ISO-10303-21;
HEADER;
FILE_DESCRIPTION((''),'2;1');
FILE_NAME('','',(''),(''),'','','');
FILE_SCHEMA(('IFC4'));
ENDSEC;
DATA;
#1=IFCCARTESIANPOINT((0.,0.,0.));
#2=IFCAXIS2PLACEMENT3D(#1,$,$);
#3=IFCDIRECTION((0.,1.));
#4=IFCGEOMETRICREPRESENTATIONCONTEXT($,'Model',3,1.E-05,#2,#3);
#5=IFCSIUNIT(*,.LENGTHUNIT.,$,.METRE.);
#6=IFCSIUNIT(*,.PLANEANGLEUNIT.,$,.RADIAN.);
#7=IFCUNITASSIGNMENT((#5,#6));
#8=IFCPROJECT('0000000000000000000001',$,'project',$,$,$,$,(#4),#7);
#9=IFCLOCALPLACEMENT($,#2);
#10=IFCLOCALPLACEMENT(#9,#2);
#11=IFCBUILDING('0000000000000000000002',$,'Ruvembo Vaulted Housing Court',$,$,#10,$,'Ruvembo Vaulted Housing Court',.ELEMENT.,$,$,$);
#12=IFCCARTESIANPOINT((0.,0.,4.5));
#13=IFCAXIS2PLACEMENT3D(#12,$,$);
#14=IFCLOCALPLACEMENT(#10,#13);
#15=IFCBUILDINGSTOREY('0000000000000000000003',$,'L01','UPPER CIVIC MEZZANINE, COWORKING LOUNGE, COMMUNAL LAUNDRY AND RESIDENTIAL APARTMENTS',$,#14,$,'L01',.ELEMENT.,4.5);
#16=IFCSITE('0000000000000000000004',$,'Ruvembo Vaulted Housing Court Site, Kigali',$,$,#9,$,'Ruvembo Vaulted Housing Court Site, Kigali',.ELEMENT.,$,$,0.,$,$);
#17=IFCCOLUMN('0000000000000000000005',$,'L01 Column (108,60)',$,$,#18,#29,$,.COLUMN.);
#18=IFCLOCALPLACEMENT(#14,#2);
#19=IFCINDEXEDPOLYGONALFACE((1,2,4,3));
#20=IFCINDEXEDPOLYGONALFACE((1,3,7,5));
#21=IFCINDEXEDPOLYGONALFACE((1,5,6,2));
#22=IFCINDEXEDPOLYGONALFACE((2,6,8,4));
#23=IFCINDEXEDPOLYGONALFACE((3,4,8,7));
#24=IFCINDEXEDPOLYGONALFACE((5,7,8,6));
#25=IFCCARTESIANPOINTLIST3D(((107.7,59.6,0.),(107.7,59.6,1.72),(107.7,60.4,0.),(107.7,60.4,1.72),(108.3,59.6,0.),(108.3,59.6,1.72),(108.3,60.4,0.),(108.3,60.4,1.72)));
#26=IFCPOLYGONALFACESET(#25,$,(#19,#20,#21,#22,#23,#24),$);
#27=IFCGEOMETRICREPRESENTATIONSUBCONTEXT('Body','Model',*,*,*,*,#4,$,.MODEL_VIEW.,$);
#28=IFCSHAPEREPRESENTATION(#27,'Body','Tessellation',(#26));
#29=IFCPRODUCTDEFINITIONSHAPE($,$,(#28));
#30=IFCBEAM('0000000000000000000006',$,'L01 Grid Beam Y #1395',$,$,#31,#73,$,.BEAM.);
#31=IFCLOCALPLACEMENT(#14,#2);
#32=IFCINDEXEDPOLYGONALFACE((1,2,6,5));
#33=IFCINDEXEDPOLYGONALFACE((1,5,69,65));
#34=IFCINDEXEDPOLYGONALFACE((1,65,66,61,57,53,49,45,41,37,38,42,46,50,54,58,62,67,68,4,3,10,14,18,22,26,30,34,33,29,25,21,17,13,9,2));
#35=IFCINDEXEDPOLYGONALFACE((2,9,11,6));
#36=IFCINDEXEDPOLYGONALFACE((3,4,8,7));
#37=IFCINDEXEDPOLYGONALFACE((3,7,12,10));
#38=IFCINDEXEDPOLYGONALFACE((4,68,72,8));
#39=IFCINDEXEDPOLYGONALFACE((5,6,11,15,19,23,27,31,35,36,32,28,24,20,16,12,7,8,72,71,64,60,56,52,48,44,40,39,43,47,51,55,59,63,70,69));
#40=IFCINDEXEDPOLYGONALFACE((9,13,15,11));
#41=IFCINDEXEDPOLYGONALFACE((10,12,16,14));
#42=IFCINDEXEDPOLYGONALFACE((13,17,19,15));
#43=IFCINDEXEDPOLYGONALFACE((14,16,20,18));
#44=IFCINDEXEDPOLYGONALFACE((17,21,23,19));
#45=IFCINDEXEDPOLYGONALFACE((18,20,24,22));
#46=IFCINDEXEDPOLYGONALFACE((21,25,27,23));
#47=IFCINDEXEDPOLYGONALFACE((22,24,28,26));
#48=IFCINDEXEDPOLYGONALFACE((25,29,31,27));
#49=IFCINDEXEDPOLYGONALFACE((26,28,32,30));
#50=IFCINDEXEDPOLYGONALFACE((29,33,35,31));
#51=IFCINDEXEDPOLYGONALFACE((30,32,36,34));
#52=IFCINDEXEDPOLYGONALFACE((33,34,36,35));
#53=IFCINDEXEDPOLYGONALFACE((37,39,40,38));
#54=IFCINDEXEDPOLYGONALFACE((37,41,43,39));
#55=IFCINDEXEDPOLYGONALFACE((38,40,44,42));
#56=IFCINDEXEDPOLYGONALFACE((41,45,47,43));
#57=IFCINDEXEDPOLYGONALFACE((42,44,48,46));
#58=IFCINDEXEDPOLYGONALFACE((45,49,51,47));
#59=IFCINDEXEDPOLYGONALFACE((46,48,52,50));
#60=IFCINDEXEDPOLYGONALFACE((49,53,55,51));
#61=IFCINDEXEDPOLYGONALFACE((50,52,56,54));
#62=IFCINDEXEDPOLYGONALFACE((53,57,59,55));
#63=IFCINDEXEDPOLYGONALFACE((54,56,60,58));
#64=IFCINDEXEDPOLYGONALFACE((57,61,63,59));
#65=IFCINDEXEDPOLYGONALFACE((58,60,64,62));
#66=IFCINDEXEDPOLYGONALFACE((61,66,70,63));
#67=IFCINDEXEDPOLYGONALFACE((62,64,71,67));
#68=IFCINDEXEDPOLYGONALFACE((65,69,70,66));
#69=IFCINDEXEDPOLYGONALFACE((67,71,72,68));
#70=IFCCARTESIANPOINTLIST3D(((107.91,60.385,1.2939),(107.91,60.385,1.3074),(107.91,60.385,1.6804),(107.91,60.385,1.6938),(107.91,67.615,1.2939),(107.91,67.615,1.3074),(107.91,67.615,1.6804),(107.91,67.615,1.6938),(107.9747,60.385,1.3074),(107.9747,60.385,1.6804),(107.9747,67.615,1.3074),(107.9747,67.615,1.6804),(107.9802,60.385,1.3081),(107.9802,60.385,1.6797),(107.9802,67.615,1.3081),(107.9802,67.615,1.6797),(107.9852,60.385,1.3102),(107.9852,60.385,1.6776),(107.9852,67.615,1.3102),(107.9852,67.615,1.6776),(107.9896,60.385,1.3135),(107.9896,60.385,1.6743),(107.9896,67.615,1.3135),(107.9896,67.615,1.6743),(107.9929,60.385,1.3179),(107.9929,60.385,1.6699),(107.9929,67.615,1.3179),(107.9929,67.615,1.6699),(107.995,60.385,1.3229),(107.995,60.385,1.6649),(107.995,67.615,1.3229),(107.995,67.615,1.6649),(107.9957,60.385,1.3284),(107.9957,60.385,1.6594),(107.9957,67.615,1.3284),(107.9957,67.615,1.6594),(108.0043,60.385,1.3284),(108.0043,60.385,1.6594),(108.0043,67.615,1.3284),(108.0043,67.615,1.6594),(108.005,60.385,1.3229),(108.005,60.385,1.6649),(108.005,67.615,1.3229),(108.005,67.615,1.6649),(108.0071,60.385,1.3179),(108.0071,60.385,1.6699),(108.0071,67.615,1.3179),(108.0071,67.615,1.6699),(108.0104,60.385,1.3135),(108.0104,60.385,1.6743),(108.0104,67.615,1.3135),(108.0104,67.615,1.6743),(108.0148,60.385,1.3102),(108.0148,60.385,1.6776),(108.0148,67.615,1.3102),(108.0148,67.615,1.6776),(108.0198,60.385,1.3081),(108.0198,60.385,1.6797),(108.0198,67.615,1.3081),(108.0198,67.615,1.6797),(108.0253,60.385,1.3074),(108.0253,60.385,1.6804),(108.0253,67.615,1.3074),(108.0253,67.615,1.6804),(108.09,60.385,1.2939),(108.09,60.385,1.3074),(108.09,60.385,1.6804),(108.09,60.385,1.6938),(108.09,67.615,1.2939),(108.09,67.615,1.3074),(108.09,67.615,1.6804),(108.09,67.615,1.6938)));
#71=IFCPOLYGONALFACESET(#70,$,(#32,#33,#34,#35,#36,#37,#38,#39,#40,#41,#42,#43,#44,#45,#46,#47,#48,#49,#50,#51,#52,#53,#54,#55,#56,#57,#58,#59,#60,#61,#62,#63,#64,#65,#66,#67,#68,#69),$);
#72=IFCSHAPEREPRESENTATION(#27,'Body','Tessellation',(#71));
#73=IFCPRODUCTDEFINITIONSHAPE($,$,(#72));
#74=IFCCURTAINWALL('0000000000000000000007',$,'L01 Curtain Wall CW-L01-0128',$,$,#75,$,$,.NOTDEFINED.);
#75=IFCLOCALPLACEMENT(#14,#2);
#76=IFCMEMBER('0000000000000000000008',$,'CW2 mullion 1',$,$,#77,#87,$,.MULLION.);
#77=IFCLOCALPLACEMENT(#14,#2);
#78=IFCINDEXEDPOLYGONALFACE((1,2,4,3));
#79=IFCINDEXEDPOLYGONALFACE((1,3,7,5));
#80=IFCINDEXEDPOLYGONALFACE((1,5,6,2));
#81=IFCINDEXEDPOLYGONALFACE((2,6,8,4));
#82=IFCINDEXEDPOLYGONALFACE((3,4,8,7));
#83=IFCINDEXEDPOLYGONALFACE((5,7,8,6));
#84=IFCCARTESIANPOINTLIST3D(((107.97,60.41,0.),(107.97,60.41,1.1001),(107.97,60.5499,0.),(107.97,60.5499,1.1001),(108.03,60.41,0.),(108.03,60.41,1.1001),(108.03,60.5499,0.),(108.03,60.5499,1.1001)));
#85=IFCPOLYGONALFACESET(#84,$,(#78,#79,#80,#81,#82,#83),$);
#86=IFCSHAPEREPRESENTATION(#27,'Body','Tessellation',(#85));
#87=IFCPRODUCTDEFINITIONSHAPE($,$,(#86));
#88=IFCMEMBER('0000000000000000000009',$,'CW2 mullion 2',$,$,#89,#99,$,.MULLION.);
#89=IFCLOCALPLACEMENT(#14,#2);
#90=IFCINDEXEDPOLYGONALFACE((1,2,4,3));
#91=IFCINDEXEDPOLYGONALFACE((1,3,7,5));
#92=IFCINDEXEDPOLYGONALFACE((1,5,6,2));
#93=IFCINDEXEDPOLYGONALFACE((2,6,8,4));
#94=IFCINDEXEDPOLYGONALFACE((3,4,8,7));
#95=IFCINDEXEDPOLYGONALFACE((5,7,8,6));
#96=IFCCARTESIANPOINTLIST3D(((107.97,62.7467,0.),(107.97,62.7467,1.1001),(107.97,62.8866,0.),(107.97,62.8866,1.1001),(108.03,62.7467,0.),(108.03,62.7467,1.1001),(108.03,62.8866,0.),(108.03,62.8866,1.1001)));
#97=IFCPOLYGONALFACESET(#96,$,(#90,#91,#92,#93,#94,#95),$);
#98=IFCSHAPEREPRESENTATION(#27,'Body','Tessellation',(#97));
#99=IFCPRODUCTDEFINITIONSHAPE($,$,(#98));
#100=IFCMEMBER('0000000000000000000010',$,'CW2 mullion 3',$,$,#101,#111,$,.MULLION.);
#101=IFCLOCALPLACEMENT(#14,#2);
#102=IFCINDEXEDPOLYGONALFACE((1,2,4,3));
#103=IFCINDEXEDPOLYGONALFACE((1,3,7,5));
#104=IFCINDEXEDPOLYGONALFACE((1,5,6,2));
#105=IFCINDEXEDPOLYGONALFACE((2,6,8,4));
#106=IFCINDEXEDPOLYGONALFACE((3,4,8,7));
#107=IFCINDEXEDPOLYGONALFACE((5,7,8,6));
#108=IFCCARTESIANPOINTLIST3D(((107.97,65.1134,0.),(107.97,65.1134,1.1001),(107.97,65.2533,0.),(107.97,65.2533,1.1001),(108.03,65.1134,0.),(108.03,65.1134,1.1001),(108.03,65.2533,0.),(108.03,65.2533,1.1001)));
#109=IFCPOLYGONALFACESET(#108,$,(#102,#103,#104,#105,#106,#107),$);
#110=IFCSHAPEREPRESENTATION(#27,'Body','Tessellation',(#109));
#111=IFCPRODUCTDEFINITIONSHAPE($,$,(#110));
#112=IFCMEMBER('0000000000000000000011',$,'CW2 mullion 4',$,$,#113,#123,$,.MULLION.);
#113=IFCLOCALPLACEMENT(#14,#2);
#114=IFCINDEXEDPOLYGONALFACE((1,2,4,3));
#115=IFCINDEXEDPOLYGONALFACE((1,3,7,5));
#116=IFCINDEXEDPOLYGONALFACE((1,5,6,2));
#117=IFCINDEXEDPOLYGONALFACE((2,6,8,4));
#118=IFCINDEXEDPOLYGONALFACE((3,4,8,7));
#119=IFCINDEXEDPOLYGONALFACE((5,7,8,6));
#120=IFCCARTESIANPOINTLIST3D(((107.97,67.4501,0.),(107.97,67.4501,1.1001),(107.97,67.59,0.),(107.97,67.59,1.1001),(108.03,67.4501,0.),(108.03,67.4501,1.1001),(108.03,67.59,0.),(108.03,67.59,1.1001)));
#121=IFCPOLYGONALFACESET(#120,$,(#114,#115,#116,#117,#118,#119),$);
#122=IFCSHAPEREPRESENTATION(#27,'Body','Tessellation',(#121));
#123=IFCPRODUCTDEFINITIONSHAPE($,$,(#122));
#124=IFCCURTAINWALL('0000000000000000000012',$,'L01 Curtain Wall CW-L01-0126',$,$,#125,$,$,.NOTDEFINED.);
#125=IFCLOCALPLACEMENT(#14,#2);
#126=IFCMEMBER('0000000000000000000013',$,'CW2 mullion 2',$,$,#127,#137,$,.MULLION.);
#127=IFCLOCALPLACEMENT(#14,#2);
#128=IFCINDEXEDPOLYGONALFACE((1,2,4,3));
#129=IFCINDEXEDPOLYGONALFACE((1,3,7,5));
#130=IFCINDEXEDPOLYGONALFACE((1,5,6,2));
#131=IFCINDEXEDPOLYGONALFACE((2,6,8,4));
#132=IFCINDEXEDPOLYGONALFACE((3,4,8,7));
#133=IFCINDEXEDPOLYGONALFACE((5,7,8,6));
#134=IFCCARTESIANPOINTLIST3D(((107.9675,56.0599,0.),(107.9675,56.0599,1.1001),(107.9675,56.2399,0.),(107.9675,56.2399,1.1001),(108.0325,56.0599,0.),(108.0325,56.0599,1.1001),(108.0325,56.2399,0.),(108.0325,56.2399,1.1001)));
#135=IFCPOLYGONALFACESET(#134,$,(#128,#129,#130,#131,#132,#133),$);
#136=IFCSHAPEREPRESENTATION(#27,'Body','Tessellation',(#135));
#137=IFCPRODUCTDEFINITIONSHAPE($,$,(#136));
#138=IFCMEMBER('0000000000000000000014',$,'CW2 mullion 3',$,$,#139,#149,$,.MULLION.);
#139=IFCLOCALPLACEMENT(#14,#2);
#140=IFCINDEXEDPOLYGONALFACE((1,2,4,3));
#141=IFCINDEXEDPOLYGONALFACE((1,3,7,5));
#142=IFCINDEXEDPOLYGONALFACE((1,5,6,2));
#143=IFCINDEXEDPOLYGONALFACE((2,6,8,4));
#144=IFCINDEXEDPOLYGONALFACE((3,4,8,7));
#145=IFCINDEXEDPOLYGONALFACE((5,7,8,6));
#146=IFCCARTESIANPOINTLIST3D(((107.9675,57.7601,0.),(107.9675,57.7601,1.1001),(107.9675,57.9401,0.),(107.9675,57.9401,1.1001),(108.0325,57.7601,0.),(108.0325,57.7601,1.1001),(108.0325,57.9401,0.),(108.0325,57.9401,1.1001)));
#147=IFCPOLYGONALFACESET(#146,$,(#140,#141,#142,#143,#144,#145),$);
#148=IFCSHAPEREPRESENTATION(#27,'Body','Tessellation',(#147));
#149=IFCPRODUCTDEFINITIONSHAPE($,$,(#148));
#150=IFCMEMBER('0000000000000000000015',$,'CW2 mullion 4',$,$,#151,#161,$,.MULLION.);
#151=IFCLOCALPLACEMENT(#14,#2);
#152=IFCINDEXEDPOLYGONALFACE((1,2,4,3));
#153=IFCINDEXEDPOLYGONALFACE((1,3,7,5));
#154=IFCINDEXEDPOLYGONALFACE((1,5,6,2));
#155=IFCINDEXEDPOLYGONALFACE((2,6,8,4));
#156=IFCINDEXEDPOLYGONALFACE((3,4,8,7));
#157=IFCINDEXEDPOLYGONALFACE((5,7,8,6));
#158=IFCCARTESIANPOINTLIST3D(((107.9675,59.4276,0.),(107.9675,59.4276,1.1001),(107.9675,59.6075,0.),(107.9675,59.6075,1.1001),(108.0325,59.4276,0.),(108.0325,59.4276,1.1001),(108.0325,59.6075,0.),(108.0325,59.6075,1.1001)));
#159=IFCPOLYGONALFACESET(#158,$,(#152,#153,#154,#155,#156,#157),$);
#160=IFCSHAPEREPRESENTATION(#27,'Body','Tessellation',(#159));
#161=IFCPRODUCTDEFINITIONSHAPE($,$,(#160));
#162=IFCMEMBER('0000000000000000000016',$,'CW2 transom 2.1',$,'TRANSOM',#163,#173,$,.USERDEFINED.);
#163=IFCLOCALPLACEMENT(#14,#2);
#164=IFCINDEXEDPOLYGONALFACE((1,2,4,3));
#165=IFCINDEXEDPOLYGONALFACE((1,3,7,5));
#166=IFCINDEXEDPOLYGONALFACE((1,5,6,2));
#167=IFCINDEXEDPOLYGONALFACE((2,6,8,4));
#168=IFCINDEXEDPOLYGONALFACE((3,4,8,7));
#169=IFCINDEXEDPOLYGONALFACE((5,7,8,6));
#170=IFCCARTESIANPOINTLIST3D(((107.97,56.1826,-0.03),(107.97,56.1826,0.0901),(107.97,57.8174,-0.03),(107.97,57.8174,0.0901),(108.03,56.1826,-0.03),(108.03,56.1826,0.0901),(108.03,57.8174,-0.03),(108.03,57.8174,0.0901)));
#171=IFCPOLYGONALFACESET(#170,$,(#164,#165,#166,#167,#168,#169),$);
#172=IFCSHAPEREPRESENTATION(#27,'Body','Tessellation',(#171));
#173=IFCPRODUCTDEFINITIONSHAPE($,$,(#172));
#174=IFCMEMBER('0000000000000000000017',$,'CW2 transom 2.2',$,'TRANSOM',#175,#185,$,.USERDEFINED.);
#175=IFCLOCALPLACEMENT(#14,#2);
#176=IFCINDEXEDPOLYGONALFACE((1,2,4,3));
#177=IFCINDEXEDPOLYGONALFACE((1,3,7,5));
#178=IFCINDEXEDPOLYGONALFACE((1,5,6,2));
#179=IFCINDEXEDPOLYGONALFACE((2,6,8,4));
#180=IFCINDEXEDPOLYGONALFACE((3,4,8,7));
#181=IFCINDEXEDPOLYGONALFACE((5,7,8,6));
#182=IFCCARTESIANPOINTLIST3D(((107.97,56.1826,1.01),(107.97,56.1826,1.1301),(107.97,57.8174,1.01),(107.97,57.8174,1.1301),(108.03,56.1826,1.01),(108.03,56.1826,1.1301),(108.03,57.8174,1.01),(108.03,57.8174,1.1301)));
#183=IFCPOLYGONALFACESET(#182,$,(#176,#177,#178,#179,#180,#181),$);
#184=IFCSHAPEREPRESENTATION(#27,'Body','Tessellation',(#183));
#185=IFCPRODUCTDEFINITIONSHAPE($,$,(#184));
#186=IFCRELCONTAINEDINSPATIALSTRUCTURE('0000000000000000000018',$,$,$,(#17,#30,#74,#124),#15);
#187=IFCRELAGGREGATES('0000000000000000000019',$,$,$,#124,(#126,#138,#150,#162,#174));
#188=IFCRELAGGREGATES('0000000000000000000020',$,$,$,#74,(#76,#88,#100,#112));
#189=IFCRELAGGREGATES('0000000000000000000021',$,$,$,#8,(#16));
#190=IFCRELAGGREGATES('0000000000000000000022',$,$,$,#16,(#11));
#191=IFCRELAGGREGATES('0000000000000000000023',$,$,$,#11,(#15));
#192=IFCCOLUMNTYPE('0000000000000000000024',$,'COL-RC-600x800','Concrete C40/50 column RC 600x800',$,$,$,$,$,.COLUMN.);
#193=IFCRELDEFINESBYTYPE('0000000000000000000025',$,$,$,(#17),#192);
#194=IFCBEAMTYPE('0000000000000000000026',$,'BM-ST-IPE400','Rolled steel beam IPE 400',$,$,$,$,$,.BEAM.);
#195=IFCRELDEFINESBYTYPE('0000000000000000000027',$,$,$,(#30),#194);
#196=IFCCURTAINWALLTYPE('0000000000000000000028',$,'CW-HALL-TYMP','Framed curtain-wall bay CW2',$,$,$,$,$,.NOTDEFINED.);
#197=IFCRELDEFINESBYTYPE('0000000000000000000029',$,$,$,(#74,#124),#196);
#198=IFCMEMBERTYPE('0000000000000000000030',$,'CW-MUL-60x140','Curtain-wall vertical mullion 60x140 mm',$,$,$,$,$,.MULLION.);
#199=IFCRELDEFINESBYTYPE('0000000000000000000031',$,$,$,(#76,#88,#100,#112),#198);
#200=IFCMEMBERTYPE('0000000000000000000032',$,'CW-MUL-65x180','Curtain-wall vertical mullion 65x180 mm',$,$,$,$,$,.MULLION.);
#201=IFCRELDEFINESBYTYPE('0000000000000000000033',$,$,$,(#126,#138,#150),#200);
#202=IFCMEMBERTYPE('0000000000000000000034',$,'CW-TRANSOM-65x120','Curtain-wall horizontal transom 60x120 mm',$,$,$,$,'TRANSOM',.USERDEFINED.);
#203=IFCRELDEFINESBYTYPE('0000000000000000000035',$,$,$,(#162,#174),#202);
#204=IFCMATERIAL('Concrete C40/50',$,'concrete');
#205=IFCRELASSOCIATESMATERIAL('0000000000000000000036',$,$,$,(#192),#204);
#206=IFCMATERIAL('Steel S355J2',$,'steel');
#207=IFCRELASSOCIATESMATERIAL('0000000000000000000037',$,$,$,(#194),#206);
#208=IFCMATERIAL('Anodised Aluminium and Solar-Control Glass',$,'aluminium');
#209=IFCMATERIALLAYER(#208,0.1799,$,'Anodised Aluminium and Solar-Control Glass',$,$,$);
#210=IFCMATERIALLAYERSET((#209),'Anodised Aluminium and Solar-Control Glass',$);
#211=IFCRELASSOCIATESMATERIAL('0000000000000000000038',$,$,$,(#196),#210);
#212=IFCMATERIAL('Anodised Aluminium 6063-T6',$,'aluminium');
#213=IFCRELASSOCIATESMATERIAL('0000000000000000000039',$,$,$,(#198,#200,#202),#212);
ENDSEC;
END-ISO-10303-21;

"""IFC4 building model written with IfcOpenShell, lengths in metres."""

from ifc_helpers import new_model, si_unit, direction, frame, origin, origin_2d, place, context, subcontext, project, spatial, rectangle, i_section, extrude, material, layer, layer_set, material_profile, profile_set, type_object, element, aggregate, save


model = new_model("IFC4")

# Units and contexts
model_context = context("Model", 3, precision=1e-05, world=origin(), true_north=direction((0.0, 1.0)))
body_context = subcontext(model_context, "Body", "Model", "MODEL_VIEW")
ifc_project = project(units=[si_unit("LENGTHUNIT", "METRE"), si_unit("PLANEANGLEUNIT", "RADIAN")], contexts=[model_context])

# Site, building, storey
site_placement = place(None, origin())
site = spatial("IfcSite", under=ifc_project, at=site_placement, Name="Ruvembo Vaulted Housing Court Site, Kigali", LongName="Ruvembo Vaulted Housing Court Site, Kigali", CompositionType="ELEMENT", RefElevation=0.0)
building_placement = place(site_placement, origin())
building = spatial("IfcBuilding", under=site, at=building_placement, Name="Ruvembo Vaulted Housing Court", LongName="Ruvembo Vaulted Housing Court", CompositionType="ELEMENT")
storey_placement = place(building_placement, frame((0.0, 0.0, 4.5)))
storey = spatial("IfcBuildingStorey", under=building, at=storey_placement, Name="L01", Description="UPPER CIVIC MEZZANINE, COWORKING LOUNGE, COMMUNAL LAUNDRY AND RESIDENTIAL APARTMENTS", LongName="L01", CompositionType="ELEMENT", Elevation=4.5)

# Column
ifc_material_1 = material(Name="Concrete C40/50", Category="concrete")
ifc_material_profile_1 = material_profile(ifc_material_1, rectangle(XDim=0.6001, YDim=0.8, at=origin_2d()), Name="RC 600x800")
ifc_profile_set_1 = profile_set([ifc_material_profile_1], Name="Concrete C40/50")
column_type = type_object("IfcColumnType", Name="COL-RC-600x800", Description="Concrete C40/50 column RC 600x800", PredefinedType="COLUMN", material=ifc_profile_set_1)
column_placement = place(storey_placement, frame((108.0, 60.0, 0.0), z_axis=(0.0, 0.0, 1.0), x_axis=(1.0, 0.0, 0.0)))
element("IfcColumn", 1, at=column_placement, inside=storey, type_object=column_type, Name="L01 Column (108,60)", PredefinedType="COLUMN", context=body_context, shape_type="SweptSolid", body=[
    extrude(rectangle(XDim=0.6001, YDim=0.8, at=origin_2d()), origin(), (0.0, 0.0, 1.0), 1.72),
])

# Beam
ifc_material_2 = material(Name="Steel S355J2", Category="steel")
ifc_material_profile_2 = material_profile(ifc_material_2, i_section(OverallWidth=0.1799, OverallDepth=0.3999, WebThickness=0.0085, FlangeThickness=0.0134, FilletRadius=0.021, at=origin_2d()), Name="IPE 400")
ifc_profile_set_2 = profile_set([ifc_material_profile_2], Name="Steel S355J2")
beam_type = type_object("IfcBeamType", Name="BM-ST-IPE400", Description="Rolled steel beam IPE 400", PredefinedType="BEAM", material=ifc_profile_set_2)
beam_placement = place(storey_placement, frame((108.0, 60.385, 1.4939), z_axis=(0.0, 1.0, 0.0), x_axis=(-1.0, 0.0, 0.0)))
element("IfcBeam", 2, at=beam_placement, inside=storey, type_object=beam_type, Name="L01 Grid Beam Y #1395", PredefinedType="BEAM", context=body_context, shape_type="SweptSolid", body=[
    extrude(i_section(OverallWidth=0.1799, OverallDepth=0.3999, WebThickness=0.0085, FlangeThickness=0.0134, FilletRadius=0.021, at=origin_2d()), origin(), (0.0, 0.0, 1.0), 7.23),
])

# Curtain walls, members
ifc_material_3 = material(Name="Anodised Aluminium and Solar-Control Glass", Category="aluminium")
ifc_layer_1 = layer(ifc_material_3, 0.1799, Name="Anodised Aluminium and Solar-Control Glass")
ifc_layer_set_1 = layer_set([ifc_layer_1], Name="Anodised Aluminium and Solar-Control Glass")
curtain_wall_type = type_object("IfcCurtainWallType", Name="CW-HALL-TYMP", Description="Framed curtain-wall bay CW2", PredefinedType="NOTDEFINED", material=ifc_layer_set_1)
curtain_wall_1_placement = place(storey_placement, origin())
curtain_wall_1 = element("IfcCurtainWall", 3, at=curtain_wall_1_placement, inside=storey, type_object=curtain_wall_type, Name="L01 Curtain Wall CW-L01-0128", PredefinedType="NOTDEFINED")
ifc_material_4 = material(Name="Anodised Aluminium 6063-T6", Category="aluminium")
ifc_material_profile_3 = material_profile(ifc_material_4, rectangle(XDim=0.0601, YDim=0.1399, at=origin_2d()), Name="ALU 60x140")
ifc_profile_set_3 = profile_set([ifc_material_profile_3], Name="Anodised Aluminium 6063-T6")
member_type_1 = type_object("IfcMemberType", Name="CW-MUL-60x140", Description="Curtain-wall vertical mullion 60x140 mm", PredefinedType="MULLION", material=ifc_profile_set_3)
member_1_placement = place(storey_placement, frame((108.0, 60.48, 0.0), z_axis=(0.0, 0.0, 1.0), x_axis=(-1.0, 0.0, 0.0)))
member_1 = element("IfcMember", 4, at=member_1_placement, type_object=member_type_1, Name="CW2 mullion 1", PredefinedType="MULLION", context=body_context, shape_type="SweptSolid", body=[
    extrude(rectangle(XDim=0.0601, YDim=0.1399, at=origin_2d()), origin(), (0.0, 0.0, 1.0), 1.1001),
])
member_2_placement = place(storey_placement, frame((108.0, 62.8167, 0.0), z_axis=(0.0, 0.0, 1.0), x_axis=(-1.0, 0.0, 0.0)))
member_2 = element("IfcMember", 5, at=member_2_placement, type_object=member_type_1, Name="CW2 mullion 2", PredefinedType="MULLION", context=body_context, shape_type="SweptSolid", body=[
    extrude(rectangle(XDim=0.0601, YDim=0.1399, at=origin_2d()), origin(), (0.0, 0.0, 1.0), 1.1001),
])
member_3_placement = place(storey_placement, frame((108.0, 65.1833, 0.0), z_axis=(0.0, 0.0, 1.0), x_axis=(-1.0, 0.0, 0.0)))
member_3 = element("IfcMember", 6, at=member_3_placement, type_object=member_type_1, Name="CW2 mullion 3", PredefinedType="MULLION", context=body_context, shape_type="SweptSolid", body=[
    extrude(rectangle(XDim=0.0601, YDim=0.1399, at=origin_2d()), origin(), (0.0, 0.0, 1.0), 1.1001),
])
member_4_placement = place(storey_placement, frame((108.0, 67.52, 0.0), z_axis=(0.0, 0.0, 1.0), x_axis=(-1.0, 0.0, 0.0)))
member_4 = element("IfcMember", 7, at=member_4_placement, type_object=member_type_1, Name="CW2 mullion 4", PredefinedType="MULLION", context=body_context, shape_type="SweptSolid", body=[
    extrude(rectangle(XDim=0.0601, YDim=0.1399, at=origin_2d()), origin(), (0.0, 0.0, 1.0), 1.1001),
])
curtain_wall_2_placement = place(storey_placement, origin())
curtain_wall_2 = element("IfcCurtainWall", 8, at=curtain_wall_2_placement, inside=storey, type_object=curtain_wall_type, Name="L01 Curtain Wall CW-L01-0126", PredefinedType="NOTDEFINED")
ifc_material_profile_4 = material_profile(ifc_material_4, rectangle(XDim=0.0649, YDim=0.1799, at=origin_2d()), Name="ALU 65x180")
ifc_profile_set_4 = profile_set([ifc_material_profile_4], Name="Anodised Aluminium 6063-T6")
member_type_2 = type_object("IfcMemberType", Name="CW-MUL-65x180", Description="Curtain-wall vertical mullion 65x180 mm", PredefinedType="MULLION", material=ifc_profile_set_4)
member_5_placement = place(storey_placement, frame((108.0, 56.1499, 0.0), z_axis=(0.0, 0.0, 1.0), x_axis=(-1.0, 0.0, 0.0)))
member_5 = element("IfcMember", 9, at=member_5_placement, type_object=member_type_2, Name="CW2 mullion 2", PredefinedType="MULLION", context=body_context, shape_type="SweptSolid", body=[
    extrude(rectangle(XDim=0.0649, YDim=0.1799, at=origin_2d()), origin(), (0.0, 0.0, 1.0), 1.1001),
])
member_6_placement = place(storey_placement, frame((108.0, 57.8501, 0.0), z_axis=(0.0, 0.0, 1.0), x_axis=(-1.0, 0.0, 0.0)))
member_6 = element("IfcMember", 10, at=member_6_placement, type_object=member_type_2, Name="CW2 mullion 3", PredefinedType="MULLION", context=body_context, shape_type="SweptSolid", body=[
    extrude(rectangle(XDim=0.0649, YDim=0.1799, at=origin_2d()), origin(), (0.0, 0.0, 1.0), 1.1001),
])
member_7_placement = place(storey_placement, frame((108.0, 59.5176, 0.0), z_axis=(0.0, 0.0, 1.0), x_axis=(-1.0, 0.0, 0.0)))
member_7 = element("IfcMember", 11, at=member_7_placement, type_object=member_type_2, Name="CW2 mullion 4", PredefinedType="MULLION", context=body_context, shape_type="SweptSolid", body=[
    extrude(rectangle(XDim=0.0649, YDim=0.1799, at=origin_2d()), origin(), (0.0, 0.0, 1.0), 1.1001),
])
ifc_material_profile_5 = material_profile(ifc_material_4, rectangle(XDim=0.0601, YDim=0.1201, at=origin_2d()), Name="ALU 60x120")
ifc_profile_set_5 = profile_set([ifc_material_profile_5], Name="Anodised Aluminium 6063-T6")
member_type_3 = type_object("IfcMemberType", Name="CW-TRANSOM-65x120", Description="Curtain-wall horizontal transom 60x120 mm", ElementType="TRANSOM", PredefinedType="USERDEFINED", material=ifc_profile_set_5)
member_8_placement = place(storey_placement, frame((108.0, 56.1826, 0.03), z_axis=(0.0, 1.0, 0.0), x_axis=(-1.0, 0.0, 0.0)))
member_8 = element("IfcMember", 12, at=member_8_placement, type_object=member_type_3, Name="CW2 transom 2.1", ObjectType="TRANSOM", PredefinedType="USERDEFINED", context=body_context, shape_type="SweptSolid", body=[
    extrude(rectangle(XDim=0.0601, YDim=0.1201, at=origin_2d()), origin(), (0.0, 0.0, 1.0), 1.6348),
])
member_9_placement = place(storey_placement, frame((108.0, 56.1826, 1.0701), z_axis=(0.0, 1.0, 0.0), x_axis=(-1.0, 0.0, 0.0)))
member_9 = element("IfcMember", 13, at=member_9_placement, type_object=member_type_3, Name="CW2 transom 2.2", ObjectType="TRANSOM", PredefinedType="USERDEFINED", context=body_context, shape_type="SweptSolid", body=[
    extrude(rectangle(XDim=0.0601, YDim=0.1201, at=origin_2d()), origin(), (0.0, 0.0, 1.0), 1.6348),
])

aggregate(curtain_wall_2, [member_5, member_6, member_7, member_8, member_9])
aggregate(curtain_wall_1, [member_1, member_2, member_3, member_4])

save(model, "model.ifc")
